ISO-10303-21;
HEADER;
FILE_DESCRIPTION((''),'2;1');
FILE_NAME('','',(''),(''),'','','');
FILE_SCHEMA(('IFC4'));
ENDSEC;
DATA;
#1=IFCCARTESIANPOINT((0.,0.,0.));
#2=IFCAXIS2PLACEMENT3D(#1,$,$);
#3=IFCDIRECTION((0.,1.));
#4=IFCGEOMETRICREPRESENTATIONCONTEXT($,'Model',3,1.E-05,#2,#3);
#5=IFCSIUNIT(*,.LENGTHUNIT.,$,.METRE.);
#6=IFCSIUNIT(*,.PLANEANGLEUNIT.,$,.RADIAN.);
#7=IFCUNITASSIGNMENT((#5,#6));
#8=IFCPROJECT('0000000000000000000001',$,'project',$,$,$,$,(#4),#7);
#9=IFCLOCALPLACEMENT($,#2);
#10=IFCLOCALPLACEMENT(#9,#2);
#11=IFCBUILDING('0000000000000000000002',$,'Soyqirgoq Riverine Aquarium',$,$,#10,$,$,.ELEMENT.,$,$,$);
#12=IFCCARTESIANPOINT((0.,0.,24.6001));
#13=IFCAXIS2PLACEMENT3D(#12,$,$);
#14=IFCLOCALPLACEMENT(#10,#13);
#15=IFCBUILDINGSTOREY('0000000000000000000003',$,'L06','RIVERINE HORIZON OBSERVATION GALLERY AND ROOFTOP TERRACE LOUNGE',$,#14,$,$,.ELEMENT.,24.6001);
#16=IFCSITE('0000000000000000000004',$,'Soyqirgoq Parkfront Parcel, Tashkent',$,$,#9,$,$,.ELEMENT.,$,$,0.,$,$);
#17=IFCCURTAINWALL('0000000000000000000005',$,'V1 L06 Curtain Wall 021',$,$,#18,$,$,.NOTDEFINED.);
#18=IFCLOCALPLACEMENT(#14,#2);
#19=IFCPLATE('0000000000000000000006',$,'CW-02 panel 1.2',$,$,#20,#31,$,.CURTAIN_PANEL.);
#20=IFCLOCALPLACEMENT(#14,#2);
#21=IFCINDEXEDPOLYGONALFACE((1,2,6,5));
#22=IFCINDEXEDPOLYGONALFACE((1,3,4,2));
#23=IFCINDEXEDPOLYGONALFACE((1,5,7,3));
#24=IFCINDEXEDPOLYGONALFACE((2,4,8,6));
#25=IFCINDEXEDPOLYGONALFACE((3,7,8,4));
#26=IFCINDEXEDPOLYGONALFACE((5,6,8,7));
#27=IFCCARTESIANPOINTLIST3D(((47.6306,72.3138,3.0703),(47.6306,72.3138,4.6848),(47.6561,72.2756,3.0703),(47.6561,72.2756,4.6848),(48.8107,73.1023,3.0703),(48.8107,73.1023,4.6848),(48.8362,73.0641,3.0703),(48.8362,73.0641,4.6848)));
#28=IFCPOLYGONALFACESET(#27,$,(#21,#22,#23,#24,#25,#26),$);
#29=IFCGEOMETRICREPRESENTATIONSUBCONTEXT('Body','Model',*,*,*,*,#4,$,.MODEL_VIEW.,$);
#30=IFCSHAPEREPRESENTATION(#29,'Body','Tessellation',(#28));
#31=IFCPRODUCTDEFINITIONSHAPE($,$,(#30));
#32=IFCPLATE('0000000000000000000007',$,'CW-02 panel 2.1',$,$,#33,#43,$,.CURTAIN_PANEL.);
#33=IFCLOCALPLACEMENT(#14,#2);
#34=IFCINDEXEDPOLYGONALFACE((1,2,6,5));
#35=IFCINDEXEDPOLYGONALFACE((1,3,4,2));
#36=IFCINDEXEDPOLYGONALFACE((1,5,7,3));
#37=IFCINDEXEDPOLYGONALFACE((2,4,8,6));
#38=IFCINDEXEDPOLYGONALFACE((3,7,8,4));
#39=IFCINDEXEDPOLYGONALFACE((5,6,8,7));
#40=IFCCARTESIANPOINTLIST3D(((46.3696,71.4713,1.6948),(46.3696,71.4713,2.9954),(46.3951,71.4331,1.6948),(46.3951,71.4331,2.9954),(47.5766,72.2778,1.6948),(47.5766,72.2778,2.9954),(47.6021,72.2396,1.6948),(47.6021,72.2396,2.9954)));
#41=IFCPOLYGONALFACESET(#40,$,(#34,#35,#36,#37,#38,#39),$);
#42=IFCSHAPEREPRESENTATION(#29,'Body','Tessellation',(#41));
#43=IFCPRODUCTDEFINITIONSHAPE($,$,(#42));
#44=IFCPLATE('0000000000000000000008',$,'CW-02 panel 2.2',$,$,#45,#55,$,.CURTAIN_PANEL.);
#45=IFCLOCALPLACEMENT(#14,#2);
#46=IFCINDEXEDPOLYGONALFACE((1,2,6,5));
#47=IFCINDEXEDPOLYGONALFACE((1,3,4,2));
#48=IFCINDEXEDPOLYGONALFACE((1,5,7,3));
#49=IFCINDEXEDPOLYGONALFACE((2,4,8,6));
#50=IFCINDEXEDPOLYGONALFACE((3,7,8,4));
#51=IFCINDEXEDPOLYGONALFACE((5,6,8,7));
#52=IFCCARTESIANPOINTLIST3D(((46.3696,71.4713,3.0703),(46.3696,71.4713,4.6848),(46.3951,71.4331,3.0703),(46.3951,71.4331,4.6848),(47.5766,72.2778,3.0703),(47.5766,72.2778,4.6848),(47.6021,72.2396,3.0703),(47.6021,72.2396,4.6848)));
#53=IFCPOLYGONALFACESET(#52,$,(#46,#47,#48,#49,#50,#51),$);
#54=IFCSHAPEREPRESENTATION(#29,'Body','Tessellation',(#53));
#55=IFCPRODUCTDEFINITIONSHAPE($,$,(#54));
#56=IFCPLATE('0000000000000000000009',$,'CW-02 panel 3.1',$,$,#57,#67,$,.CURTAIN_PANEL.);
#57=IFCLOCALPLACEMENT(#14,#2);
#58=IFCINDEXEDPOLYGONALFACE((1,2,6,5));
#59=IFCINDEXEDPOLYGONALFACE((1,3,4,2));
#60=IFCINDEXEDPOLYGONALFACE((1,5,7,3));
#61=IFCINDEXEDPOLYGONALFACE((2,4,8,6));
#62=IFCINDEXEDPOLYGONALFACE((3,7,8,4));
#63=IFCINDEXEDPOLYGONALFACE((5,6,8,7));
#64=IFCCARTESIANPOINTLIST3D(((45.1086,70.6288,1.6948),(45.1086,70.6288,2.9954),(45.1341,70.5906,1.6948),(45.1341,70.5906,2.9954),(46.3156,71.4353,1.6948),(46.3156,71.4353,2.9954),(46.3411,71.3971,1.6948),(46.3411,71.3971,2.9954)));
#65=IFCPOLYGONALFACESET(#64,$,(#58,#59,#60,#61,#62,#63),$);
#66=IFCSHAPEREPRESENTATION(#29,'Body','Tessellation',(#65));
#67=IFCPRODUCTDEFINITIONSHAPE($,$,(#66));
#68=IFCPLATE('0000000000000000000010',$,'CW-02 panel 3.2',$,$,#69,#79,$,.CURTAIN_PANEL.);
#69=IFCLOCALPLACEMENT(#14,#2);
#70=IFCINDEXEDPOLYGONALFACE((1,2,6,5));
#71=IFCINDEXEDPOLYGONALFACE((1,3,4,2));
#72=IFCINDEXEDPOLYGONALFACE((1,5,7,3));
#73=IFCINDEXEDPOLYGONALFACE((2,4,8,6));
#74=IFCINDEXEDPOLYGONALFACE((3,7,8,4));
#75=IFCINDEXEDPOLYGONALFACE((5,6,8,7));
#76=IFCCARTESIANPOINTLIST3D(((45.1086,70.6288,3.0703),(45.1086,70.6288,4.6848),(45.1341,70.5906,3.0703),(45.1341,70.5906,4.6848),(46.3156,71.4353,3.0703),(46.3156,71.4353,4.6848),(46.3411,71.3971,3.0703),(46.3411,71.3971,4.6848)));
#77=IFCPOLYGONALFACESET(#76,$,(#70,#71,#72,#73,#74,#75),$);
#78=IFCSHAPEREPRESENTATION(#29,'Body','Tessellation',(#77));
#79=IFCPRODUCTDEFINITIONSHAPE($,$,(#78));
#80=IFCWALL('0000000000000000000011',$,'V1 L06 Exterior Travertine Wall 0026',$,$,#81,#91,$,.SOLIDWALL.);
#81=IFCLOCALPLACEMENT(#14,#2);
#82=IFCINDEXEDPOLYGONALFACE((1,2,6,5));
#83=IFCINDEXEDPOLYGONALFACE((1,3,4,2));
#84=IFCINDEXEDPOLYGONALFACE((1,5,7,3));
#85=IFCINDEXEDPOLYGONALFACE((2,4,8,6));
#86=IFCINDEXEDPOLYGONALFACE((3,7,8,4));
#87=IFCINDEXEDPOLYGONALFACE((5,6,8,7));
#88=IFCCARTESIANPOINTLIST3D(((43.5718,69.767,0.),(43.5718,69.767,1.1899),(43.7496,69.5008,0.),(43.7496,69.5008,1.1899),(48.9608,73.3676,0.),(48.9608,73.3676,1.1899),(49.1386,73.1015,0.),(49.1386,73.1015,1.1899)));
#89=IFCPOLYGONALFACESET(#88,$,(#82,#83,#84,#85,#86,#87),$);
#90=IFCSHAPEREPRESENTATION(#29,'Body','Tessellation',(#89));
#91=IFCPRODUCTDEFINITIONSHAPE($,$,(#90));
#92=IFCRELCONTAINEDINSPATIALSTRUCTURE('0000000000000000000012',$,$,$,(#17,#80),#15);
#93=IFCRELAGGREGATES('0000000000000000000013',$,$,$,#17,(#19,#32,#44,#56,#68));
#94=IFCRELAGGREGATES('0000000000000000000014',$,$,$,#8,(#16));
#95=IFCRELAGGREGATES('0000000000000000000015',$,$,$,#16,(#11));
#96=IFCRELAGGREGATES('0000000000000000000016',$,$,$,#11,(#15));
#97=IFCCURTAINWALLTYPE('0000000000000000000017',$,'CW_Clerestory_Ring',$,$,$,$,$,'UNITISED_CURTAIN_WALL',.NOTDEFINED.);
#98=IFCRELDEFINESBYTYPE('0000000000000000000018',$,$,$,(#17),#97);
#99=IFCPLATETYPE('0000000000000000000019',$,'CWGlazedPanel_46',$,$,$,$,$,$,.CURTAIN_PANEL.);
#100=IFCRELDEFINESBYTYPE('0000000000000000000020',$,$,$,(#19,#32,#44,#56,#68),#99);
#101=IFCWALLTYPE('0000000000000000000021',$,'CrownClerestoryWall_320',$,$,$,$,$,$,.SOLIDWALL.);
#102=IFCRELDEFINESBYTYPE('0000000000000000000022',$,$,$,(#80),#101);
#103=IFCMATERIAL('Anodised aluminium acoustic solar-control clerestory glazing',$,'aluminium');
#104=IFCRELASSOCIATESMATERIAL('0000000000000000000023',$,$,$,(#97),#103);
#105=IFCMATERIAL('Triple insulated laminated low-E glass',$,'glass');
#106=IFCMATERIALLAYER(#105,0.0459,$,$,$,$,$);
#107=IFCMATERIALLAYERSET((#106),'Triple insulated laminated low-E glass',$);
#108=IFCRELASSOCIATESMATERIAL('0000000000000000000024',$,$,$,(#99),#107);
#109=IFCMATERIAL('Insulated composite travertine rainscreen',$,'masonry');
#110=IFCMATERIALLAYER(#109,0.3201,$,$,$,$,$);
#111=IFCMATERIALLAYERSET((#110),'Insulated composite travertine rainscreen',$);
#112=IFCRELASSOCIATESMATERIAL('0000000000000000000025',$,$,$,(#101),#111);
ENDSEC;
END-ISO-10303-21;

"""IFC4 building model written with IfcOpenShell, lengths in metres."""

from ifc_helpers import new_model, si_unit, direction, frame, frame_2d, origin, origin_2d, place, context, subcontext, project, spatial, rectangle, extrude, material, layer, layer_set, type_object, element, aggregate, save


model = new_model("IFC4")

# Units and contexts
model_context = context("Model", 3, precision=1e-05, world=origin(), true_north=direction((0.0, 1.0)))
body_context = subcontext(model_context, "Body", "Model", "MODEL_VIEW")
ifc_project = project(units=[si_unit("LENGTHUNIT", "METRE"), si_unit("PLANEANGLEUNIT", "RADIAN")], contexts=[model_context])

# Site, building, storey
site_placement = place(None, origin())
site = spatial("IfcSite", under=ifc_project, at=site_placement, Name="Soyqirgoq Parkfront Parcel, Tashkent", CompositionType="ELEMENT", RefElevation=0.0)
building_placement = place(site_placement, origin())
building = spatial("IfcBuilding", under=site, at=building_placement, Name="Soyqirgoq Riverine Aquarium", CompositionType="ELEMENT")
storey_placement = place(building_placement, frame((0.0, 0.0, 24.6001)))
storey = spatial("IfcBuildingStorey", under=building, at=storey_placement, Name="L06", Description="RIVERINE HORIZON OBSERVATION GALLERY AND ROOFTOP TERRACE LOUNGE", CompositionType="ELEMENT", Elevation=24.6001)

# Curtain wall
ifc_material_1 = material(Name="Anodised aluminium acoustic solar-control clerestory glazing", Category="aluminium")
curtain_wall_type = type_object("IfcCurtainWallType", Name="CW_Clerestory_Ring", ElementType="UNITISED_CURTAIN_WALL", PredefinedType="NOTDEFINED", material=ifc_material_1)
curtain_wall_1_placement = place(storey_placement, origin())
curtain_wall_1 = element("IfcCurtainWall", 1, at=curtain_wall_1_placement, inside=storey, type_object=curtain_wall_type, Name="V1 L06 Curtain Wall 021", PredefinedType="NOTDEFINED")

# Shared definitions
ifc_material_2 = material(Name="Triple insulated laminated low-E glass", Category="glass")
ifc_layer_1 = layer(ifc_material_2, 0.0459)
ifc_layer_set_1 = layer_set([ifc_layer_1], Name="Triple insulated laminated low-E glass")
plate_type = type_object("IfcPlateType", Name="CWGlazedPanel_46", PredefinedType="CURTAIN_PANEL", material=ifc_layer_set_1)

# Plates
plate_1_placement = place(storey_placement, frame((48.2334, 72.689, 3.0703), z_axis=(0.0, 0.0, 1.0), x_axis=(-0.831464, -0.555579, 0.0)))
plate_1 = element("IfcPlate", 2, at=plate_1_placement, type_object=plate_type, Name="CW-02 panel 1.2", PredefinedType="CURTAIN_PANEL", context=body_context, shape_type="SweptSolid", body=[
    extrude(rectangle(XDim=1.4192, YDim=0.0459, at=origin_2d()), origin(), (0.0, 0.0, 1.0), 1.6145),
])
plate_2_placement = place(storey_placement, frame((46.9858, 71.8555, 1.6948), z_axis=(0.0, 0.0, 1.0), x_axis=(-0.831464, -0.555579, 0.0)))
plate_2 = element("IfcPlate", 3, at=plate_2_placement, type_object=plate_type, Name="CW-02 panel 2.1", PredefinedType="CURTAIN_PANEL", context=body_context, shape_type="SweptSolid", body=[
    extrude(rectangle(XDim=1.4517, YDim=0.0459, at=origin_2d()), origin(), (0.0, 0.0, 1.0), 1.3005),
])
plate_3_placement = place(storey_placement, frame((46.9858, 71.8555, 3.0703), z_axis=(0.0, 0.0, 1.0), x_axis=(-0.831464, -0.555579, 0.0)))
plate_3 = element("IfcPlate", 4, at=plate_3_placement, type_object=plate_type, Name="CW-02 panel 2.2", PredefinedType="CURTAIN_PANEL", context=body_context, shape_type="SweptSolid", body=[
    extrude(rectangle(XDim=1.4517, YDim=0.0459, at=origin_2d()), origin(), (0.0, 0.0, 1.0), 1.6145),
])
plate_4_placement = place(storey_placement, frame((45.7249, 71.0129, 1.6948), z_axis=(0.0, 0.0, 1.0), x_axis=(-0.831464, -0.555579, 0.0)))
plate_4 = element("IfcPlate", 5, at=plate_4_placement, type_object=plate_type, Name="CW-02 panel 3.1", PredefinedType="CURTAIN_PANEL", context=body_context, shape_type="SweptSolid", body=[
    extrude(rectangle(XDim=1.4517, YDim=0.0459, at=origin_2d()), origin(), (0.0, 0.0, 1.0), 1.3005),
])
plate_5_placement = place(storey_placement, frame((45.7249, 71.0129, 3.0703), z_axis=(0.0, 0.0, 1.0), x_axis=(-0.831464, -0.555579, 0.0)))
plate_5 = element("IfcPlate", 6, at=plate_5_placement, type_object=plate_type, Name="CW-02 panel 3.2", PredefinedType="CURTAIN_PANEL", context=body_context, shape_type="SweptSolid", body=[
    extrude(rectangle(XDim=1.4517, YDim=0.0459, at=origin_2d()), origin(), (0.0, 0.0, 1.0), 1.6145),
])
aggregate(curtain_wall_1, [plate_1, plate_2, plate_3, plate_4, plate_5])

# Wall
ifc_material_3 = material(Name="Insulated composite travertine rainscreen", Category="masonry")
ifc_layer_2 = layer(ifc_material_3, 0.3201)
ifc_layer_set_2 = layer_set([ifc_layer_2], Name="Insulated composite travertine rainscreen")
wall_type = type_object("IfcWallType", Name="CrownClerestoryWall_320", PredefinedType="SOLIDWALL", material=ifc_layer_set_2)
wall_placement = place(storey_placement, frame((49.0498, 73.2346, 0.0), z_axis=(0.0, 0.0, 1.0), x_axis=(-0.831482, -0.555552, 0.0)))
element("IfcWall", 7, at=wall_placement, inside=storey, type_object=wall_type, Name="V1 L06 Exterior Travertine Wall 0026", PredefinedType="SOLIDWALL", context=body_context, shape_type="SweptSolid", body=[
    extrude(rectangle(XDim=6.4812, YDim=0.3201, at=frame_2d((3.2407, 0.0))), origin(), (0.0, 0.0, 1.0), 1.1899),
])

save(model, "model.ifc")
